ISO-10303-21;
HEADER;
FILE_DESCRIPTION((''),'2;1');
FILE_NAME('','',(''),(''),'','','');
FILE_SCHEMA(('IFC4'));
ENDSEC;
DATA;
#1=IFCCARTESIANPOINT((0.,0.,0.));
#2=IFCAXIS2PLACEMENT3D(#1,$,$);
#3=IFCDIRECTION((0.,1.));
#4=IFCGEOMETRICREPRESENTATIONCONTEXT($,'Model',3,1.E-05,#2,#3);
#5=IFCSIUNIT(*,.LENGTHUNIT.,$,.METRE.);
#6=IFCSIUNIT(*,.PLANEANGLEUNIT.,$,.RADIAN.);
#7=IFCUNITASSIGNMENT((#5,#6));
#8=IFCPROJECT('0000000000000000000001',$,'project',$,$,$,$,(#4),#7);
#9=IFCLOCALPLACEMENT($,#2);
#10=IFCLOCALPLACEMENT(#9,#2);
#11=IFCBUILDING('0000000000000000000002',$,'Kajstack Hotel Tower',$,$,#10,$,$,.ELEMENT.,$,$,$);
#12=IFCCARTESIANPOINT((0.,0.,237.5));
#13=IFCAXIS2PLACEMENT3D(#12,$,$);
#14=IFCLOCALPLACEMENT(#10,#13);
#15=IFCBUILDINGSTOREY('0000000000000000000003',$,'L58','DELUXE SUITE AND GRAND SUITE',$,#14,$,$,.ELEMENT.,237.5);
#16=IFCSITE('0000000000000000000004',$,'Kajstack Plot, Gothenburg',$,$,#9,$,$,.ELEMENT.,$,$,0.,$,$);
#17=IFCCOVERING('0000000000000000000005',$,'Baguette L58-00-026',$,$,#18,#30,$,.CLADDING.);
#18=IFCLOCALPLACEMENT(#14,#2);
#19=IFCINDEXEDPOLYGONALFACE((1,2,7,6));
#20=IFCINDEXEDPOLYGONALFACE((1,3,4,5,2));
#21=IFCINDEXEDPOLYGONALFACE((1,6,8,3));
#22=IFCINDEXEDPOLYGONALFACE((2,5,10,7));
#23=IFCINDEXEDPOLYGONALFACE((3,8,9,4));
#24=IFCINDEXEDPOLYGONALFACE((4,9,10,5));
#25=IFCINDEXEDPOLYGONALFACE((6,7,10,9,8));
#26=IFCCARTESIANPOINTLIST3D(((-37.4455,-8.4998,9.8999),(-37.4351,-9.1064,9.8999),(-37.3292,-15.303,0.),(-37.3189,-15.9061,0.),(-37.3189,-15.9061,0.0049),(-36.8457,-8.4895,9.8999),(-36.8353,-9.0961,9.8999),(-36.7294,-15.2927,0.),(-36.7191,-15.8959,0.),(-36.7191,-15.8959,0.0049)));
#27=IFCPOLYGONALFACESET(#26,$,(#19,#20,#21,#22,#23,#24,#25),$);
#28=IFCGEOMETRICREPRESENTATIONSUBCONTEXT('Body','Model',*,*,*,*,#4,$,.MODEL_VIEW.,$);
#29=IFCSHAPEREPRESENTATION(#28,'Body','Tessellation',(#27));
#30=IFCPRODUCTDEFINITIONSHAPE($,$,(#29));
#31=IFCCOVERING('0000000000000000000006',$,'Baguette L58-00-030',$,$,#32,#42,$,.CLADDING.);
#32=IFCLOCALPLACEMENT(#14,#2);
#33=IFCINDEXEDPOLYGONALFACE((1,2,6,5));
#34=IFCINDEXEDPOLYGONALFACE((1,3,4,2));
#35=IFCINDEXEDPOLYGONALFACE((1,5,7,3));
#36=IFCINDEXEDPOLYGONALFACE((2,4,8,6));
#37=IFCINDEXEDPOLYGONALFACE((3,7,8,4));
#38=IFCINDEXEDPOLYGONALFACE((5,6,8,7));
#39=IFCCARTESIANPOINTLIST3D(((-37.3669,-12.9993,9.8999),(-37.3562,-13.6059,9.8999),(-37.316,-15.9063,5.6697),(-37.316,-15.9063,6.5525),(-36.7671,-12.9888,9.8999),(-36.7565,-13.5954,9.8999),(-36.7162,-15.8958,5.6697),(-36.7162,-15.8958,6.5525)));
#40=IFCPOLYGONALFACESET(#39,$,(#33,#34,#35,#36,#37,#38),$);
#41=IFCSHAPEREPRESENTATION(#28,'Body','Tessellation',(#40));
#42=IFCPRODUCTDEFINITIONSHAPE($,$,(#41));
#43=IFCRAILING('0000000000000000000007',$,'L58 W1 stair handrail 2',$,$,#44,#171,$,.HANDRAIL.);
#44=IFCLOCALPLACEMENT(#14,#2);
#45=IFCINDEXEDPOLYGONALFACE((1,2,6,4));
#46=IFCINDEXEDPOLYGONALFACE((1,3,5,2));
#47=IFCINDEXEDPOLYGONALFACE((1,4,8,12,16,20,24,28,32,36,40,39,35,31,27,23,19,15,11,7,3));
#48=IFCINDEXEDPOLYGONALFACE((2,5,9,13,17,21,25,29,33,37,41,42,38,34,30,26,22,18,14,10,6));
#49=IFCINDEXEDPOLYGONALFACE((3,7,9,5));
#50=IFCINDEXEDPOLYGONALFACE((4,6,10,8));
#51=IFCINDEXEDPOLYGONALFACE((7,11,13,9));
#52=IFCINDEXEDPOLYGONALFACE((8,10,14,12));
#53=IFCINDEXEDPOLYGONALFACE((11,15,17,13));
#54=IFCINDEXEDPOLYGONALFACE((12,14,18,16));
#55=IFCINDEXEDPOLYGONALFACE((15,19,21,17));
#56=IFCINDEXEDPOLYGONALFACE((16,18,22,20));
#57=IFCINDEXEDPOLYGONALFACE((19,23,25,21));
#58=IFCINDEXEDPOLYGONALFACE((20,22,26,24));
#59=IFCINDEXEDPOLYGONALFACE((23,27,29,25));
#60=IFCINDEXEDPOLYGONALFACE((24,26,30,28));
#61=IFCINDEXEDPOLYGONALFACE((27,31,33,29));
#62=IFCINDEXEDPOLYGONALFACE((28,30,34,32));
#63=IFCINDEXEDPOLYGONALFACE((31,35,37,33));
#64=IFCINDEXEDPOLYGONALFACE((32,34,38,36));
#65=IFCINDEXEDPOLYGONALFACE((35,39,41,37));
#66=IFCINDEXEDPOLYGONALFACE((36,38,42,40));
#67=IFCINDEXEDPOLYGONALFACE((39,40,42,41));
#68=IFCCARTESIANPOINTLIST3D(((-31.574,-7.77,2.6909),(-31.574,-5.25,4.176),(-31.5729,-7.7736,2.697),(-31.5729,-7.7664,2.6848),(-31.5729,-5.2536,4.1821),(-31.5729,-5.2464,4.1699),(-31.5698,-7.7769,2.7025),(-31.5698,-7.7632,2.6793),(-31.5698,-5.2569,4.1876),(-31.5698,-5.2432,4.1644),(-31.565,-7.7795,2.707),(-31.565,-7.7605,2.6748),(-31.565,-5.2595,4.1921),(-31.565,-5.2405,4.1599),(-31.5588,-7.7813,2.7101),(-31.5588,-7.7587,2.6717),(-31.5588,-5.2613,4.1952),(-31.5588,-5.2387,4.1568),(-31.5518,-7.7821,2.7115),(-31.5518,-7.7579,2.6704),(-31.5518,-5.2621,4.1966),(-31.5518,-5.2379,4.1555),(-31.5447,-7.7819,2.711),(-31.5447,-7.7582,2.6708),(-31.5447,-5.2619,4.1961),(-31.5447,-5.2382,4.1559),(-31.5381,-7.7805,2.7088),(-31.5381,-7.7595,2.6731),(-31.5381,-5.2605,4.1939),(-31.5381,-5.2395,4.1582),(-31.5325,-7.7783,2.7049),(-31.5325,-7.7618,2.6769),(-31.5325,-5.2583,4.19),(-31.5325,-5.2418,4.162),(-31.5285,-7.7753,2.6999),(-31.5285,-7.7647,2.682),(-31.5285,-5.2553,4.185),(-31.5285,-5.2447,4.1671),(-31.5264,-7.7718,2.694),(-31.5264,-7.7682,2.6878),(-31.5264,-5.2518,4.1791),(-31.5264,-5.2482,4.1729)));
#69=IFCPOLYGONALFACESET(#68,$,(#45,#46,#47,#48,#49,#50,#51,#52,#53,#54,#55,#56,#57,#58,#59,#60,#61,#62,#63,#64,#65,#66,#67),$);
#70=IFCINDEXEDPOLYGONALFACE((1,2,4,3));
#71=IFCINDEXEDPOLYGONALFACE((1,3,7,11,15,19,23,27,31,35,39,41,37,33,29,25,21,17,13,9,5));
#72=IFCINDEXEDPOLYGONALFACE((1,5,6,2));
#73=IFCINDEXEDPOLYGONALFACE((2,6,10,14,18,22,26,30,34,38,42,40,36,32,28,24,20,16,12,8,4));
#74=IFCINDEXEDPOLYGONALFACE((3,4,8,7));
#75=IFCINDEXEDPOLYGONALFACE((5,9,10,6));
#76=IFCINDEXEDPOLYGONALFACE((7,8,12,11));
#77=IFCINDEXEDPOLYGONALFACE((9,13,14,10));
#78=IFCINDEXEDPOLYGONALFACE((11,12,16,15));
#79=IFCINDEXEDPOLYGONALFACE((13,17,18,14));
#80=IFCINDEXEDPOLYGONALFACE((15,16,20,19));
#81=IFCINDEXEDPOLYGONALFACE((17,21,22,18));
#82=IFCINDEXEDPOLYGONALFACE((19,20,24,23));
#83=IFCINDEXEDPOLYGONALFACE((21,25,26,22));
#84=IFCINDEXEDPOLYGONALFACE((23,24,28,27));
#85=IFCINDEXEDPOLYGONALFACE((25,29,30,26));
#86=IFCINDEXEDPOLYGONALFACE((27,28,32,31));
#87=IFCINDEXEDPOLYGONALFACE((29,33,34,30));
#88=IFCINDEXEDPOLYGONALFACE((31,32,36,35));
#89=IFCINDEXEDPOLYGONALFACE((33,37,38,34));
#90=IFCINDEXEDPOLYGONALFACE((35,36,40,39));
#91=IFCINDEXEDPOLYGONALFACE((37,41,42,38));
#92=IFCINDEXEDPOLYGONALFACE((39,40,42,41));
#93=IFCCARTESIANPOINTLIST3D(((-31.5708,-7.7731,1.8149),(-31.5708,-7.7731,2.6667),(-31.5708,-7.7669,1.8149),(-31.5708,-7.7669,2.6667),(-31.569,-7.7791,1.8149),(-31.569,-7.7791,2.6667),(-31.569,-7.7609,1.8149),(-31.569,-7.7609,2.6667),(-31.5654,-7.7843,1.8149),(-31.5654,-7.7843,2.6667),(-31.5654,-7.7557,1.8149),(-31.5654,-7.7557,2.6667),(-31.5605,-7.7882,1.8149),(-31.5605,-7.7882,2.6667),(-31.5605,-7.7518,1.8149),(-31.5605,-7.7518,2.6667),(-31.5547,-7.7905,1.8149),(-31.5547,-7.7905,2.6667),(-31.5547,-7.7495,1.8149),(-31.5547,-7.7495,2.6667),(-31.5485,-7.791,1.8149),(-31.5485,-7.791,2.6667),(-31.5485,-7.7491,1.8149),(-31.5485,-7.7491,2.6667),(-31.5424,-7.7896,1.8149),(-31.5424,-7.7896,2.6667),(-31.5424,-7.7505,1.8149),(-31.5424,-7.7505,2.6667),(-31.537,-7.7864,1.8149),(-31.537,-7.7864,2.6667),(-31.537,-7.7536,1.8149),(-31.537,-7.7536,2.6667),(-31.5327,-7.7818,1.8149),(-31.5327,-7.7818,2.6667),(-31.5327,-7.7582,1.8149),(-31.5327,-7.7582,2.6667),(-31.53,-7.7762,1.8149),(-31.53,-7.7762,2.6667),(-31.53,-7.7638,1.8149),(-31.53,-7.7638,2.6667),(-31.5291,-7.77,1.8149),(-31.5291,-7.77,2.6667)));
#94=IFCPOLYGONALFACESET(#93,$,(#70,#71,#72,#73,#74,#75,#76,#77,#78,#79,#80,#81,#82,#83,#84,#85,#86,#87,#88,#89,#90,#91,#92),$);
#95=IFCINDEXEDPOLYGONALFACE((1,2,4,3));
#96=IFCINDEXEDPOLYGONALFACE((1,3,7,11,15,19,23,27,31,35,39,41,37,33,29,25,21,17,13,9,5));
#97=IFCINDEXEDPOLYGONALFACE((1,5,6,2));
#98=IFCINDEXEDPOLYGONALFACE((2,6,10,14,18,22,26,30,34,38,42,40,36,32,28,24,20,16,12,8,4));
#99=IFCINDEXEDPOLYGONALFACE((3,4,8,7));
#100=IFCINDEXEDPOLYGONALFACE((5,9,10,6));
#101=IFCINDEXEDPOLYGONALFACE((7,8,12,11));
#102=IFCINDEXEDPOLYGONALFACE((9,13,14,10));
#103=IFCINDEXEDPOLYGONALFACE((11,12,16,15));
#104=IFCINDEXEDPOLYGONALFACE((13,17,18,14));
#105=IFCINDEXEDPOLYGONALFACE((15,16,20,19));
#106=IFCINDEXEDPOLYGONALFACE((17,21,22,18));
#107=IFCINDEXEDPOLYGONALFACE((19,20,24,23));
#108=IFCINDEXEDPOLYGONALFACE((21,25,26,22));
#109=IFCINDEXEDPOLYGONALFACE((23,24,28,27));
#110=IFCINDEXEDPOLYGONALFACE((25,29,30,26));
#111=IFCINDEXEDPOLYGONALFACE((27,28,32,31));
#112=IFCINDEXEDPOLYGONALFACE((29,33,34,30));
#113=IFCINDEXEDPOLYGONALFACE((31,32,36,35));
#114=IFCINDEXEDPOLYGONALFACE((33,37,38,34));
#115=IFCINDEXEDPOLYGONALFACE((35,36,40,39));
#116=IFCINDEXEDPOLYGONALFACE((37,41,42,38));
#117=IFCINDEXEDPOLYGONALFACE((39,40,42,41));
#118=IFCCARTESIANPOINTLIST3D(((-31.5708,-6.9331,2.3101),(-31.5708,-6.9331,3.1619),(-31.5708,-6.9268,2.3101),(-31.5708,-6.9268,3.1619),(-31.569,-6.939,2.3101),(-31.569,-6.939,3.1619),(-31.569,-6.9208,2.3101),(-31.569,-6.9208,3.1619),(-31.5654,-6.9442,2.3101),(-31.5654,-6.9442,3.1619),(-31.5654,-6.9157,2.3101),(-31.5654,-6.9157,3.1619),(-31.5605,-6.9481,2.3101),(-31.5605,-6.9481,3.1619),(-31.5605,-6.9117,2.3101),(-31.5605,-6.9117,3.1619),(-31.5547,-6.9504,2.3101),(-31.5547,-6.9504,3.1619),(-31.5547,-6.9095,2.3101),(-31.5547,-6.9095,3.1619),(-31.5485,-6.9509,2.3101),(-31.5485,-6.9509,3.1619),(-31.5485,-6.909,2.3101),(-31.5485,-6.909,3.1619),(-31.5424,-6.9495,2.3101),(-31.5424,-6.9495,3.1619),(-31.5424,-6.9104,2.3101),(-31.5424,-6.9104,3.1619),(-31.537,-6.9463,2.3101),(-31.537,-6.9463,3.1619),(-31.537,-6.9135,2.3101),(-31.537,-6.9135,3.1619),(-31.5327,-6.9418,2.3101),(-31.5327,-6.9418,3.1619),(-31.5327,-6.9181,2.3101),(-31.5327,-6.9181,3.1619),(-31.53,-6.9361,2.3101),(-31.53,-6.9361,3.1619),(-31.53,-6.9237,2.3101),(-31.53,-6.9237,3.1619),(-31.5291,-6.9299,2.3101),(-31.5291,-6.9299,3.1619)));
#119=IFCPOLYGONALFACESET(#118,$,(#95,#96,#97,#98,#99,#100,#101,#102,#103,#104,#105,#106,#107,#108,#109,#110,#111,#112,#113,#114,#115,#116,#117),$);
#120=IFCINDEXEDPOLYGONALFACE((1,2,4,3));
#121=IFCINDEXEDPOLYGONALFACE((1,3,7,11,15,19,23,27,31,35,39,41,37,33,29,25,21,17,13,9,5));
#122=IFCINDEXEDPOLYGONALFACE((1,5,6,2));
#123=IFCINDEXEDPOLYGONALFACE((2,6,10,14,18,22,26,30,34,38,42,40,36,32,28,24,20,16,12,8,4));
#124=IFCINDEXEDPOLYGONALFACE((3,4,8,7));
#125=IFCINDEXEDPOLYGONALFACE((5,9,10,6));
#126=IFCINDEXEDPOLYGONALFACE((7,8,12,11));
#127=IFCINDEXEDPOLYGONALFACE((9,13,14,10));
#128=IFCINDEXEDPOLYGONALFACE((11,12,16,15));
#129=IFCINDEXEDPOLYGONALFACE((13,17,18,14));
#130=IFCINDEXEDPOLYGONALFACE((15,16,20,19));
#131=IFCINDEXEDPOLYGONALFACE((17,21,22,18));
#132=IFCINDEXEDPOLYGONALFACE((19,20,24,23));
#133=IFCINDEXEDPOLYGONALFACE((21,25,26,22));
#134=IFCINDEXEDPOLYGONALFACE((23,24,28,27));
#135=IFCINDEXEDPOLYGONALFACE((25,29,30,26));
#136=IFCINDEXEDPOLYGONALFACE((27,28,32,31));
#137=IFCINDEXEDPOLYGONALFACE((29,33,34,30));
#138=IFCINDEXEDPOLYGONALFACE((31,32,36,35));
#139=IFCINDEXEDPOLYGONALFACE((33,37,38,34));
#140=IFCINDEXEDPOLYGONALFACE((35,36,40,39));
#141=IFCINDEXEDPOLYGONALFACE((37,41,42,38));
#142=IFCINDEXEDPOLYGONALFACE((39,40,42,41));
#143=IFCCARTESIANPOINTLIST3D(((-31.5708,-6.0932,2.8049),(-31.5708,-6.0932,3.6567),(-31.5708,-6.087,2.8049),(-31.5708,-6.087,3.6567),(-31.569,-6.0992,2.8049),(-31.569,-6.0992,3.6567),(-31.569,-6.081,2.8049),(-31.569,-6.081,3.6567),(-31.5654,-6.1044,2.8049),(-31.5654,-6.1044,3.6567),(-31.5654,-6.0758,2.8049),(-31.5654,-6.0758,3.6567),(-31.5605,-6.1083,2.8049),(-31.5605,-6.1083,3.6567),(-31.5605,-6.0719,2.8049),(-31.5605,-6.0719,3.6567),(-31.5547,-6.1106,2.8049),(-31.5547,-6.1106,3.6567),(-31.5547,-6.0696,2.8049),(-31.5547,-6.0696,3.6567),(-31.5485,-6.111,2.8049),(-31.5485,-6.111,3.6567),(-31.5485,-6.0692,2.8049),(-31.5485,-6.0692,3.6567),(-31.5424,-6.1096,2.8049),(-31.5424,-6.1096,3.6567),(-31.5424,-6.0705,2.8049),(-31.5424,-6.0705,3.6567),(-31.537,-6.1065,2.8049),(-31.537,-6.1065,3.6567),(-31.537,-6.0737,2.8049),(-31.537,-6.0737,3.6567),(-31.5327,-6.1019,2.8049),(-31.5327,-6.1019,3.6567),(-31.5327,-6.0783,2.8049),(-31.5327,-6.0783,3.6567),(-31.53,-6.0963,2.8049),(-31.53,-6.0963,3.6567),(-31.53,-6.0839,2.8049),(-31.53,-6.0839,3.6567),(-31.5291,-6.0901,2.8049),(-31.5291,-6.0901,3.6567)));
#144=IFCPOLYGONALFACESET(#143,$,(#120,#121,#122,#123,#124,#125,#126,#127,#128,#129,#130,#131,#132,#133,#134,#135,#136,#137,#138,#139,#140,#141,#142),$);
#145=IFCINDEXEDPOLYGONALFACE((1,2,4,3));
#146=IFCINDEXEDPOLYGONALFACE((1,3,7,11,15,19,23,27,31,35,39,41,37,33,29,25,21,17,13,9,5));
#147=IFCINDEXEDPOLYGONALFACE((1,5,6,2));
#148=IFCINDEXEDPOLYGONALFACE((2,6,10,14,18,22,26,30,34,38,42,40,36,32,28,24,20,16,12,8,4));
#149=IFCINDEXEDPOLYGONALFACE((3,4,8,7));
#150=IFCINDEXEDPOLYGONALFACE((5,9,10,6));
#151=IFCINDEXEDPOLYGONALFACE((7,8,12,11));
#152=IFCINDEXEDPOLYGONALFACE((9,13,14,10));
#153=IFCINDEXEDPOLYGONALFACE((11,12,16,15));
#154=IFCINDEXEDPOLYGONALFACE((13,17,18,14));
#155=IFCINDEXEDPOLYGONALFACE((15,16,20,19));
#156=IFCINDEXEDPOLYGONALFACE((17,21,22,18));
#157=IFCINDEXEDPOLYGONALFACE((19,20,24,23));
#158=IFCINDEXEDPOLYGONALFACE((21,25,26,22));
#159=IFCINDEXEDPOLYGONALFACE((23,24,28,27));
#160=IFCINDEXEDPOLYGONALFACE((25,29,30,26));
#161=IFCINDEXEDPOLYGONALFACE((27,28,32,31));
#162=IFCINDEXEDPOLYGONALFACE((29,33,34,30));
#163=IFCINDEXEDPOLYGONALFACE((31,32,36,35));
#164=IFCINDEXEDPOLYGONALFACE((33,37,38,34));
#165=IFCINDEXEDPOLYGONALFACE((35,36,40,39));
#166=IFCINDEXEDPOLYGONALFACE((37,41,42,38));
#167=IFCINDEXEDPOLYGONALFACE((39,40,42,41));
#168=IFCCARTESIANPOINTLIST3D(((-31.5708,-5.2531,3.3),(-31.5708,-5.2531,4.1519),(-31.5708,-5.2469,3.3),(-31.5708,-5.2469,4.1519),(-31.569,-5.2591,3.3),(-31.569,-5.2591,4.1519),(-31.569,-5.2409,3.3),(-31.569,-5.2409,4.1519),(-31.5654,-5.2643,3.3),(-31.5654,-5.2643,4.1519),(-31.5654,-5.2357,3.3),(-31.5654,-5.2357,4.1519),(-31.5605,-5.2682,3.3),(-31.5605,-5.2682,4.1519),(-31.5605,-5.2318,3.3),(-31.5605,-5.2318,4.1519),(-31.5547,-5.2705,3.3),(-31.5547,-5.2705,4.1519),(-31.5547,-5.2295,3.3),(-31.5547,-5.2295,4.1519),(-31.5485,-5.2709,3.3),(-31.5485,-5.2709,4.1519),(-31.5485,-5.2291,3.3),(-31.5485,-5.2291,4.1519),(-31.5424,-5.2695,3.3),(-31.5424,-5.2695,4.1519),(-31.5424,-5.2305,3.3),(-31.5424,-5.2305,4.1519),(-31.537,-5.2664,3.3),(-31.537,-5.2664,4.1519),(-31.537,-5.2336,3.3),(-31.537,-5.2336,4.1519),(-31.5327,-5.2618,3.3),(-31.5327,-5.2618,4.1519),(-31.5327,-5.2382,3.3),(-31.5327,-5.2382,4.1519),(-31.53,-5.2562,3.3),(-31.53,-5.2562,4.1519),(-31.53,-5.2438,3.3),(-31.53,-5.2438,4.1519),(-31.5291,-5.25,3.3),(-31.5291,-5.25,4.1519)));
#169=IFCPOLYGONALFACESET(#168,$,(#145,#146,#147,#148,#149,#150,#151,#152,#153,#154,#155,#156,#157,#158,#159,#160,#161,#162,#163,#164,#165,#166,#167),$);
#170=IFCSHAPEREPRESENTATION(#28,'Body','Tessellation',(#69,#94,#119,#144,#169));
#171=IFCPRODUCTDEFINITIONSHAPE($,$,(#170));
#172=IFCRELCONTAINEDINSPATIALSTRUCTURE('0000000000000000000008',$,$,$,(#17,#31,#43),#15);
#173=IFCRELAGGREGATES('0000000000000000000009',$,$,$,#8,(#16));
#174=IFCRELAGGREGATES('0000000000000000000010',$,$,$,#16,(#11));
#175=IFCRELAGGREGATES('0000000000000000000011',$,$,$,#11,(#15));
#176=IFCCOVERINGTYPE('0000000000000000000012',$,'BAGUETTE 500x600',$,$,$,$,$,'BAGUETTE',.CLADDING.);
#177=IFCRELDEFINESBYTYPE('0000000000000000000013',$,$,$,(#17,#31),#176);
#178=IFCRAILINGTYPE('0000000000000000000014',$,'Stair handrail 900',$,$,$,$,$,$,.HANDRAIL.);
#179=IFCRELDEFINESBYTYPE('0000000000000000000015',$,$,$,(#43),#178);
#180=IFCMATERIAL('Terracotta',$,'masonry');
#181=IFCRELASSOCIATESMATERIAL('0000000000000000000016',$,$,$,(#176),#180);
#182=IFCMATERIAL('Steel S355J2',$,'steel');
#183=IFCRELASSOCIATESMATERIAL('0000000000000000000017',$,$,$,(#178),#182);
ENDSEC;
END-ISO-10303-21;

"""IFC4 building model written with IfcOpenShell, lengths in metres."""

from ifc_helpers import new_model, si_unit, direction, frame, origin, origin_2d, place, context, subcontext, project, spatial, polyline, rectangle, circle, outline, extrude, material, material_profile, profile_set, type_object, element, save


model = new_model("IFC4")

# Units and contexts
model_context = context("Model", 3, precision=1e-05, world=origin(), true_north=direction((0.0, 1.0)))
body_context = subcontext(model_context, "Body", "Model", "MODEL_VIEW")
ifc_project = project(units=[si_unit("LENGTHUNIT", "METRE"), si_unit("PLANEANGLEUNIT", "RADIAN")], contexts=[model_context])

# Site, building, storey
site_placement = place(None, origin())
site = spatial("IfcSite", under=ifc_project, at=site_placement, Name="Kajstack Plot, Gothenburg", CompositionType="ELEMENT", RefElevation=0.0)
building_placement = place(site_placement, origin())
building = spatial("IfcBuilding", under=site, at=building_placement, Name="Kajstack Hotel Tower", CompositionType="ELEMENT")
storey_placement = place(building_placement, frame((0.0, 0.0, 237.5)))
storey = spatial("IfcBuildingStorey", under=building, at=storey_placement, Name="L58", Description="DELUXE SUITE AND GRAND SUITE", CompositionType="ELEMENT", Elevation=237.5)

# Coverings
ifc_material_1 = material(Name="Terracotta", Category="masonry")
ifc_material_profile = material_profile(ifc_material_1, rectangle(XDim=0.6001, YDim=0.5, at=origin_2d()), Name="Terracotta-clad concrete baguette 500 x 600")
ifc_profile_set = profile_set([ifc_material_profile], Name="Terracotta")
covering_type = type_object("IfcCoveringType", Name="BAGUETTE 500x600", ElementType="BAGUETTE", PredefinedType="CLADDING", material=ifc_profile_set)
covering_1_placement = place(storey_placement, frame((-36.8457, -8.4895, 0.0), z_axis=(-0.999854, -0.017092, 0.0), x_axis=(0.017092, -0.999854, 0.0)))
element("IfcCovering", 1, at=covering_1_placement, inside=storey, type_object=covering_type, Name="Baguette L58-00-026", PredefinedType="CLADDING", context=body_context, shape_type="SweptSolid", body=[
    extrude(outline(polyline([(6.8042, 0.0), (7.4075, 0.0), (7.4075, 0.0049), (0.6067, 9.8999), (0.0, 9.8999), (6.8042, 0.0)])), origin(), (0.0, 0.0, 1.0), 0.5999),
])
covering_2_placement = place(storey_placement, frame((-36.7671, -12.9888, 0.0), z_axis=(-0.999847, -0.017498, 0.0), x_axis=(0.017498, -0.999847, 0.0)))
element("IfcCovering", 2, at=covering_2_placement, inside=storey, type_object=covering_type, Name="Baguette L58-00-030", PredefinedType="CLADDING", context=body_context, shape_type="SweptSolid", body=[
    extrude(outline(polyline([(0.0, 9.8999), (2.9075, 5.6697), (2.9075, 6.5525), (0.6067, 9.8999), (0.0, 9.8999)])), origin(), (0.0, 0.0, 1.0), 0.5999),
])

# Railing
ifc_material_2 = material(Name="Steel S355J2", Category="steel")
railing_type_1 = type_object("IfcRailingType", Name="Stair handrail 900", PredefinedType="HANDRAIL", material=ifc_material_2)
railing_1_placement = place(storey_placement, frame((-31.55, -7.77, 1.8149)))
element("IfcRailing", 3, at=railing_1_placement, inside=storey, type_object=railing_type_1, Name="L58 W1 stair handrail 2", PredefinedType="HANDRAIL", context=body_context, shape_type="SweptSolid", body=[
    extrude(circle(Radius=0.0239, at=origin_2d()), frame((0.0, 0.0, 0.876), z_axis=(0.0, 0.861524, 0.507717), x_axis=(-1.0, 0.0, 0.0)), (0.0, 0.0, 1.0), 2.925),
    extrude(circle(Radius=0.021, at=origin_2d()), origin(), (0.0, 0.0, 1.0), 0.8518),
    extrude(circle(Radius=0.021, at=origin_2d()), frame((0.0, 0.8401, 0.4951)), (0.0, 0.0, 1.0), 0.8518),
    extrude(circle(Radius=0.021, at=origin_2d()), frame((0.0, 1.6799, 0.99)), (0.0, 0.0, 1.0), 0.8518),
    extrude(circle(Radius=0.021, at=origin_2d()), frame((0.0, 2.52, 1.4851)), (0.0, 0.0, 1.0), 0.8518),
])

save(model, "model.ifc")
